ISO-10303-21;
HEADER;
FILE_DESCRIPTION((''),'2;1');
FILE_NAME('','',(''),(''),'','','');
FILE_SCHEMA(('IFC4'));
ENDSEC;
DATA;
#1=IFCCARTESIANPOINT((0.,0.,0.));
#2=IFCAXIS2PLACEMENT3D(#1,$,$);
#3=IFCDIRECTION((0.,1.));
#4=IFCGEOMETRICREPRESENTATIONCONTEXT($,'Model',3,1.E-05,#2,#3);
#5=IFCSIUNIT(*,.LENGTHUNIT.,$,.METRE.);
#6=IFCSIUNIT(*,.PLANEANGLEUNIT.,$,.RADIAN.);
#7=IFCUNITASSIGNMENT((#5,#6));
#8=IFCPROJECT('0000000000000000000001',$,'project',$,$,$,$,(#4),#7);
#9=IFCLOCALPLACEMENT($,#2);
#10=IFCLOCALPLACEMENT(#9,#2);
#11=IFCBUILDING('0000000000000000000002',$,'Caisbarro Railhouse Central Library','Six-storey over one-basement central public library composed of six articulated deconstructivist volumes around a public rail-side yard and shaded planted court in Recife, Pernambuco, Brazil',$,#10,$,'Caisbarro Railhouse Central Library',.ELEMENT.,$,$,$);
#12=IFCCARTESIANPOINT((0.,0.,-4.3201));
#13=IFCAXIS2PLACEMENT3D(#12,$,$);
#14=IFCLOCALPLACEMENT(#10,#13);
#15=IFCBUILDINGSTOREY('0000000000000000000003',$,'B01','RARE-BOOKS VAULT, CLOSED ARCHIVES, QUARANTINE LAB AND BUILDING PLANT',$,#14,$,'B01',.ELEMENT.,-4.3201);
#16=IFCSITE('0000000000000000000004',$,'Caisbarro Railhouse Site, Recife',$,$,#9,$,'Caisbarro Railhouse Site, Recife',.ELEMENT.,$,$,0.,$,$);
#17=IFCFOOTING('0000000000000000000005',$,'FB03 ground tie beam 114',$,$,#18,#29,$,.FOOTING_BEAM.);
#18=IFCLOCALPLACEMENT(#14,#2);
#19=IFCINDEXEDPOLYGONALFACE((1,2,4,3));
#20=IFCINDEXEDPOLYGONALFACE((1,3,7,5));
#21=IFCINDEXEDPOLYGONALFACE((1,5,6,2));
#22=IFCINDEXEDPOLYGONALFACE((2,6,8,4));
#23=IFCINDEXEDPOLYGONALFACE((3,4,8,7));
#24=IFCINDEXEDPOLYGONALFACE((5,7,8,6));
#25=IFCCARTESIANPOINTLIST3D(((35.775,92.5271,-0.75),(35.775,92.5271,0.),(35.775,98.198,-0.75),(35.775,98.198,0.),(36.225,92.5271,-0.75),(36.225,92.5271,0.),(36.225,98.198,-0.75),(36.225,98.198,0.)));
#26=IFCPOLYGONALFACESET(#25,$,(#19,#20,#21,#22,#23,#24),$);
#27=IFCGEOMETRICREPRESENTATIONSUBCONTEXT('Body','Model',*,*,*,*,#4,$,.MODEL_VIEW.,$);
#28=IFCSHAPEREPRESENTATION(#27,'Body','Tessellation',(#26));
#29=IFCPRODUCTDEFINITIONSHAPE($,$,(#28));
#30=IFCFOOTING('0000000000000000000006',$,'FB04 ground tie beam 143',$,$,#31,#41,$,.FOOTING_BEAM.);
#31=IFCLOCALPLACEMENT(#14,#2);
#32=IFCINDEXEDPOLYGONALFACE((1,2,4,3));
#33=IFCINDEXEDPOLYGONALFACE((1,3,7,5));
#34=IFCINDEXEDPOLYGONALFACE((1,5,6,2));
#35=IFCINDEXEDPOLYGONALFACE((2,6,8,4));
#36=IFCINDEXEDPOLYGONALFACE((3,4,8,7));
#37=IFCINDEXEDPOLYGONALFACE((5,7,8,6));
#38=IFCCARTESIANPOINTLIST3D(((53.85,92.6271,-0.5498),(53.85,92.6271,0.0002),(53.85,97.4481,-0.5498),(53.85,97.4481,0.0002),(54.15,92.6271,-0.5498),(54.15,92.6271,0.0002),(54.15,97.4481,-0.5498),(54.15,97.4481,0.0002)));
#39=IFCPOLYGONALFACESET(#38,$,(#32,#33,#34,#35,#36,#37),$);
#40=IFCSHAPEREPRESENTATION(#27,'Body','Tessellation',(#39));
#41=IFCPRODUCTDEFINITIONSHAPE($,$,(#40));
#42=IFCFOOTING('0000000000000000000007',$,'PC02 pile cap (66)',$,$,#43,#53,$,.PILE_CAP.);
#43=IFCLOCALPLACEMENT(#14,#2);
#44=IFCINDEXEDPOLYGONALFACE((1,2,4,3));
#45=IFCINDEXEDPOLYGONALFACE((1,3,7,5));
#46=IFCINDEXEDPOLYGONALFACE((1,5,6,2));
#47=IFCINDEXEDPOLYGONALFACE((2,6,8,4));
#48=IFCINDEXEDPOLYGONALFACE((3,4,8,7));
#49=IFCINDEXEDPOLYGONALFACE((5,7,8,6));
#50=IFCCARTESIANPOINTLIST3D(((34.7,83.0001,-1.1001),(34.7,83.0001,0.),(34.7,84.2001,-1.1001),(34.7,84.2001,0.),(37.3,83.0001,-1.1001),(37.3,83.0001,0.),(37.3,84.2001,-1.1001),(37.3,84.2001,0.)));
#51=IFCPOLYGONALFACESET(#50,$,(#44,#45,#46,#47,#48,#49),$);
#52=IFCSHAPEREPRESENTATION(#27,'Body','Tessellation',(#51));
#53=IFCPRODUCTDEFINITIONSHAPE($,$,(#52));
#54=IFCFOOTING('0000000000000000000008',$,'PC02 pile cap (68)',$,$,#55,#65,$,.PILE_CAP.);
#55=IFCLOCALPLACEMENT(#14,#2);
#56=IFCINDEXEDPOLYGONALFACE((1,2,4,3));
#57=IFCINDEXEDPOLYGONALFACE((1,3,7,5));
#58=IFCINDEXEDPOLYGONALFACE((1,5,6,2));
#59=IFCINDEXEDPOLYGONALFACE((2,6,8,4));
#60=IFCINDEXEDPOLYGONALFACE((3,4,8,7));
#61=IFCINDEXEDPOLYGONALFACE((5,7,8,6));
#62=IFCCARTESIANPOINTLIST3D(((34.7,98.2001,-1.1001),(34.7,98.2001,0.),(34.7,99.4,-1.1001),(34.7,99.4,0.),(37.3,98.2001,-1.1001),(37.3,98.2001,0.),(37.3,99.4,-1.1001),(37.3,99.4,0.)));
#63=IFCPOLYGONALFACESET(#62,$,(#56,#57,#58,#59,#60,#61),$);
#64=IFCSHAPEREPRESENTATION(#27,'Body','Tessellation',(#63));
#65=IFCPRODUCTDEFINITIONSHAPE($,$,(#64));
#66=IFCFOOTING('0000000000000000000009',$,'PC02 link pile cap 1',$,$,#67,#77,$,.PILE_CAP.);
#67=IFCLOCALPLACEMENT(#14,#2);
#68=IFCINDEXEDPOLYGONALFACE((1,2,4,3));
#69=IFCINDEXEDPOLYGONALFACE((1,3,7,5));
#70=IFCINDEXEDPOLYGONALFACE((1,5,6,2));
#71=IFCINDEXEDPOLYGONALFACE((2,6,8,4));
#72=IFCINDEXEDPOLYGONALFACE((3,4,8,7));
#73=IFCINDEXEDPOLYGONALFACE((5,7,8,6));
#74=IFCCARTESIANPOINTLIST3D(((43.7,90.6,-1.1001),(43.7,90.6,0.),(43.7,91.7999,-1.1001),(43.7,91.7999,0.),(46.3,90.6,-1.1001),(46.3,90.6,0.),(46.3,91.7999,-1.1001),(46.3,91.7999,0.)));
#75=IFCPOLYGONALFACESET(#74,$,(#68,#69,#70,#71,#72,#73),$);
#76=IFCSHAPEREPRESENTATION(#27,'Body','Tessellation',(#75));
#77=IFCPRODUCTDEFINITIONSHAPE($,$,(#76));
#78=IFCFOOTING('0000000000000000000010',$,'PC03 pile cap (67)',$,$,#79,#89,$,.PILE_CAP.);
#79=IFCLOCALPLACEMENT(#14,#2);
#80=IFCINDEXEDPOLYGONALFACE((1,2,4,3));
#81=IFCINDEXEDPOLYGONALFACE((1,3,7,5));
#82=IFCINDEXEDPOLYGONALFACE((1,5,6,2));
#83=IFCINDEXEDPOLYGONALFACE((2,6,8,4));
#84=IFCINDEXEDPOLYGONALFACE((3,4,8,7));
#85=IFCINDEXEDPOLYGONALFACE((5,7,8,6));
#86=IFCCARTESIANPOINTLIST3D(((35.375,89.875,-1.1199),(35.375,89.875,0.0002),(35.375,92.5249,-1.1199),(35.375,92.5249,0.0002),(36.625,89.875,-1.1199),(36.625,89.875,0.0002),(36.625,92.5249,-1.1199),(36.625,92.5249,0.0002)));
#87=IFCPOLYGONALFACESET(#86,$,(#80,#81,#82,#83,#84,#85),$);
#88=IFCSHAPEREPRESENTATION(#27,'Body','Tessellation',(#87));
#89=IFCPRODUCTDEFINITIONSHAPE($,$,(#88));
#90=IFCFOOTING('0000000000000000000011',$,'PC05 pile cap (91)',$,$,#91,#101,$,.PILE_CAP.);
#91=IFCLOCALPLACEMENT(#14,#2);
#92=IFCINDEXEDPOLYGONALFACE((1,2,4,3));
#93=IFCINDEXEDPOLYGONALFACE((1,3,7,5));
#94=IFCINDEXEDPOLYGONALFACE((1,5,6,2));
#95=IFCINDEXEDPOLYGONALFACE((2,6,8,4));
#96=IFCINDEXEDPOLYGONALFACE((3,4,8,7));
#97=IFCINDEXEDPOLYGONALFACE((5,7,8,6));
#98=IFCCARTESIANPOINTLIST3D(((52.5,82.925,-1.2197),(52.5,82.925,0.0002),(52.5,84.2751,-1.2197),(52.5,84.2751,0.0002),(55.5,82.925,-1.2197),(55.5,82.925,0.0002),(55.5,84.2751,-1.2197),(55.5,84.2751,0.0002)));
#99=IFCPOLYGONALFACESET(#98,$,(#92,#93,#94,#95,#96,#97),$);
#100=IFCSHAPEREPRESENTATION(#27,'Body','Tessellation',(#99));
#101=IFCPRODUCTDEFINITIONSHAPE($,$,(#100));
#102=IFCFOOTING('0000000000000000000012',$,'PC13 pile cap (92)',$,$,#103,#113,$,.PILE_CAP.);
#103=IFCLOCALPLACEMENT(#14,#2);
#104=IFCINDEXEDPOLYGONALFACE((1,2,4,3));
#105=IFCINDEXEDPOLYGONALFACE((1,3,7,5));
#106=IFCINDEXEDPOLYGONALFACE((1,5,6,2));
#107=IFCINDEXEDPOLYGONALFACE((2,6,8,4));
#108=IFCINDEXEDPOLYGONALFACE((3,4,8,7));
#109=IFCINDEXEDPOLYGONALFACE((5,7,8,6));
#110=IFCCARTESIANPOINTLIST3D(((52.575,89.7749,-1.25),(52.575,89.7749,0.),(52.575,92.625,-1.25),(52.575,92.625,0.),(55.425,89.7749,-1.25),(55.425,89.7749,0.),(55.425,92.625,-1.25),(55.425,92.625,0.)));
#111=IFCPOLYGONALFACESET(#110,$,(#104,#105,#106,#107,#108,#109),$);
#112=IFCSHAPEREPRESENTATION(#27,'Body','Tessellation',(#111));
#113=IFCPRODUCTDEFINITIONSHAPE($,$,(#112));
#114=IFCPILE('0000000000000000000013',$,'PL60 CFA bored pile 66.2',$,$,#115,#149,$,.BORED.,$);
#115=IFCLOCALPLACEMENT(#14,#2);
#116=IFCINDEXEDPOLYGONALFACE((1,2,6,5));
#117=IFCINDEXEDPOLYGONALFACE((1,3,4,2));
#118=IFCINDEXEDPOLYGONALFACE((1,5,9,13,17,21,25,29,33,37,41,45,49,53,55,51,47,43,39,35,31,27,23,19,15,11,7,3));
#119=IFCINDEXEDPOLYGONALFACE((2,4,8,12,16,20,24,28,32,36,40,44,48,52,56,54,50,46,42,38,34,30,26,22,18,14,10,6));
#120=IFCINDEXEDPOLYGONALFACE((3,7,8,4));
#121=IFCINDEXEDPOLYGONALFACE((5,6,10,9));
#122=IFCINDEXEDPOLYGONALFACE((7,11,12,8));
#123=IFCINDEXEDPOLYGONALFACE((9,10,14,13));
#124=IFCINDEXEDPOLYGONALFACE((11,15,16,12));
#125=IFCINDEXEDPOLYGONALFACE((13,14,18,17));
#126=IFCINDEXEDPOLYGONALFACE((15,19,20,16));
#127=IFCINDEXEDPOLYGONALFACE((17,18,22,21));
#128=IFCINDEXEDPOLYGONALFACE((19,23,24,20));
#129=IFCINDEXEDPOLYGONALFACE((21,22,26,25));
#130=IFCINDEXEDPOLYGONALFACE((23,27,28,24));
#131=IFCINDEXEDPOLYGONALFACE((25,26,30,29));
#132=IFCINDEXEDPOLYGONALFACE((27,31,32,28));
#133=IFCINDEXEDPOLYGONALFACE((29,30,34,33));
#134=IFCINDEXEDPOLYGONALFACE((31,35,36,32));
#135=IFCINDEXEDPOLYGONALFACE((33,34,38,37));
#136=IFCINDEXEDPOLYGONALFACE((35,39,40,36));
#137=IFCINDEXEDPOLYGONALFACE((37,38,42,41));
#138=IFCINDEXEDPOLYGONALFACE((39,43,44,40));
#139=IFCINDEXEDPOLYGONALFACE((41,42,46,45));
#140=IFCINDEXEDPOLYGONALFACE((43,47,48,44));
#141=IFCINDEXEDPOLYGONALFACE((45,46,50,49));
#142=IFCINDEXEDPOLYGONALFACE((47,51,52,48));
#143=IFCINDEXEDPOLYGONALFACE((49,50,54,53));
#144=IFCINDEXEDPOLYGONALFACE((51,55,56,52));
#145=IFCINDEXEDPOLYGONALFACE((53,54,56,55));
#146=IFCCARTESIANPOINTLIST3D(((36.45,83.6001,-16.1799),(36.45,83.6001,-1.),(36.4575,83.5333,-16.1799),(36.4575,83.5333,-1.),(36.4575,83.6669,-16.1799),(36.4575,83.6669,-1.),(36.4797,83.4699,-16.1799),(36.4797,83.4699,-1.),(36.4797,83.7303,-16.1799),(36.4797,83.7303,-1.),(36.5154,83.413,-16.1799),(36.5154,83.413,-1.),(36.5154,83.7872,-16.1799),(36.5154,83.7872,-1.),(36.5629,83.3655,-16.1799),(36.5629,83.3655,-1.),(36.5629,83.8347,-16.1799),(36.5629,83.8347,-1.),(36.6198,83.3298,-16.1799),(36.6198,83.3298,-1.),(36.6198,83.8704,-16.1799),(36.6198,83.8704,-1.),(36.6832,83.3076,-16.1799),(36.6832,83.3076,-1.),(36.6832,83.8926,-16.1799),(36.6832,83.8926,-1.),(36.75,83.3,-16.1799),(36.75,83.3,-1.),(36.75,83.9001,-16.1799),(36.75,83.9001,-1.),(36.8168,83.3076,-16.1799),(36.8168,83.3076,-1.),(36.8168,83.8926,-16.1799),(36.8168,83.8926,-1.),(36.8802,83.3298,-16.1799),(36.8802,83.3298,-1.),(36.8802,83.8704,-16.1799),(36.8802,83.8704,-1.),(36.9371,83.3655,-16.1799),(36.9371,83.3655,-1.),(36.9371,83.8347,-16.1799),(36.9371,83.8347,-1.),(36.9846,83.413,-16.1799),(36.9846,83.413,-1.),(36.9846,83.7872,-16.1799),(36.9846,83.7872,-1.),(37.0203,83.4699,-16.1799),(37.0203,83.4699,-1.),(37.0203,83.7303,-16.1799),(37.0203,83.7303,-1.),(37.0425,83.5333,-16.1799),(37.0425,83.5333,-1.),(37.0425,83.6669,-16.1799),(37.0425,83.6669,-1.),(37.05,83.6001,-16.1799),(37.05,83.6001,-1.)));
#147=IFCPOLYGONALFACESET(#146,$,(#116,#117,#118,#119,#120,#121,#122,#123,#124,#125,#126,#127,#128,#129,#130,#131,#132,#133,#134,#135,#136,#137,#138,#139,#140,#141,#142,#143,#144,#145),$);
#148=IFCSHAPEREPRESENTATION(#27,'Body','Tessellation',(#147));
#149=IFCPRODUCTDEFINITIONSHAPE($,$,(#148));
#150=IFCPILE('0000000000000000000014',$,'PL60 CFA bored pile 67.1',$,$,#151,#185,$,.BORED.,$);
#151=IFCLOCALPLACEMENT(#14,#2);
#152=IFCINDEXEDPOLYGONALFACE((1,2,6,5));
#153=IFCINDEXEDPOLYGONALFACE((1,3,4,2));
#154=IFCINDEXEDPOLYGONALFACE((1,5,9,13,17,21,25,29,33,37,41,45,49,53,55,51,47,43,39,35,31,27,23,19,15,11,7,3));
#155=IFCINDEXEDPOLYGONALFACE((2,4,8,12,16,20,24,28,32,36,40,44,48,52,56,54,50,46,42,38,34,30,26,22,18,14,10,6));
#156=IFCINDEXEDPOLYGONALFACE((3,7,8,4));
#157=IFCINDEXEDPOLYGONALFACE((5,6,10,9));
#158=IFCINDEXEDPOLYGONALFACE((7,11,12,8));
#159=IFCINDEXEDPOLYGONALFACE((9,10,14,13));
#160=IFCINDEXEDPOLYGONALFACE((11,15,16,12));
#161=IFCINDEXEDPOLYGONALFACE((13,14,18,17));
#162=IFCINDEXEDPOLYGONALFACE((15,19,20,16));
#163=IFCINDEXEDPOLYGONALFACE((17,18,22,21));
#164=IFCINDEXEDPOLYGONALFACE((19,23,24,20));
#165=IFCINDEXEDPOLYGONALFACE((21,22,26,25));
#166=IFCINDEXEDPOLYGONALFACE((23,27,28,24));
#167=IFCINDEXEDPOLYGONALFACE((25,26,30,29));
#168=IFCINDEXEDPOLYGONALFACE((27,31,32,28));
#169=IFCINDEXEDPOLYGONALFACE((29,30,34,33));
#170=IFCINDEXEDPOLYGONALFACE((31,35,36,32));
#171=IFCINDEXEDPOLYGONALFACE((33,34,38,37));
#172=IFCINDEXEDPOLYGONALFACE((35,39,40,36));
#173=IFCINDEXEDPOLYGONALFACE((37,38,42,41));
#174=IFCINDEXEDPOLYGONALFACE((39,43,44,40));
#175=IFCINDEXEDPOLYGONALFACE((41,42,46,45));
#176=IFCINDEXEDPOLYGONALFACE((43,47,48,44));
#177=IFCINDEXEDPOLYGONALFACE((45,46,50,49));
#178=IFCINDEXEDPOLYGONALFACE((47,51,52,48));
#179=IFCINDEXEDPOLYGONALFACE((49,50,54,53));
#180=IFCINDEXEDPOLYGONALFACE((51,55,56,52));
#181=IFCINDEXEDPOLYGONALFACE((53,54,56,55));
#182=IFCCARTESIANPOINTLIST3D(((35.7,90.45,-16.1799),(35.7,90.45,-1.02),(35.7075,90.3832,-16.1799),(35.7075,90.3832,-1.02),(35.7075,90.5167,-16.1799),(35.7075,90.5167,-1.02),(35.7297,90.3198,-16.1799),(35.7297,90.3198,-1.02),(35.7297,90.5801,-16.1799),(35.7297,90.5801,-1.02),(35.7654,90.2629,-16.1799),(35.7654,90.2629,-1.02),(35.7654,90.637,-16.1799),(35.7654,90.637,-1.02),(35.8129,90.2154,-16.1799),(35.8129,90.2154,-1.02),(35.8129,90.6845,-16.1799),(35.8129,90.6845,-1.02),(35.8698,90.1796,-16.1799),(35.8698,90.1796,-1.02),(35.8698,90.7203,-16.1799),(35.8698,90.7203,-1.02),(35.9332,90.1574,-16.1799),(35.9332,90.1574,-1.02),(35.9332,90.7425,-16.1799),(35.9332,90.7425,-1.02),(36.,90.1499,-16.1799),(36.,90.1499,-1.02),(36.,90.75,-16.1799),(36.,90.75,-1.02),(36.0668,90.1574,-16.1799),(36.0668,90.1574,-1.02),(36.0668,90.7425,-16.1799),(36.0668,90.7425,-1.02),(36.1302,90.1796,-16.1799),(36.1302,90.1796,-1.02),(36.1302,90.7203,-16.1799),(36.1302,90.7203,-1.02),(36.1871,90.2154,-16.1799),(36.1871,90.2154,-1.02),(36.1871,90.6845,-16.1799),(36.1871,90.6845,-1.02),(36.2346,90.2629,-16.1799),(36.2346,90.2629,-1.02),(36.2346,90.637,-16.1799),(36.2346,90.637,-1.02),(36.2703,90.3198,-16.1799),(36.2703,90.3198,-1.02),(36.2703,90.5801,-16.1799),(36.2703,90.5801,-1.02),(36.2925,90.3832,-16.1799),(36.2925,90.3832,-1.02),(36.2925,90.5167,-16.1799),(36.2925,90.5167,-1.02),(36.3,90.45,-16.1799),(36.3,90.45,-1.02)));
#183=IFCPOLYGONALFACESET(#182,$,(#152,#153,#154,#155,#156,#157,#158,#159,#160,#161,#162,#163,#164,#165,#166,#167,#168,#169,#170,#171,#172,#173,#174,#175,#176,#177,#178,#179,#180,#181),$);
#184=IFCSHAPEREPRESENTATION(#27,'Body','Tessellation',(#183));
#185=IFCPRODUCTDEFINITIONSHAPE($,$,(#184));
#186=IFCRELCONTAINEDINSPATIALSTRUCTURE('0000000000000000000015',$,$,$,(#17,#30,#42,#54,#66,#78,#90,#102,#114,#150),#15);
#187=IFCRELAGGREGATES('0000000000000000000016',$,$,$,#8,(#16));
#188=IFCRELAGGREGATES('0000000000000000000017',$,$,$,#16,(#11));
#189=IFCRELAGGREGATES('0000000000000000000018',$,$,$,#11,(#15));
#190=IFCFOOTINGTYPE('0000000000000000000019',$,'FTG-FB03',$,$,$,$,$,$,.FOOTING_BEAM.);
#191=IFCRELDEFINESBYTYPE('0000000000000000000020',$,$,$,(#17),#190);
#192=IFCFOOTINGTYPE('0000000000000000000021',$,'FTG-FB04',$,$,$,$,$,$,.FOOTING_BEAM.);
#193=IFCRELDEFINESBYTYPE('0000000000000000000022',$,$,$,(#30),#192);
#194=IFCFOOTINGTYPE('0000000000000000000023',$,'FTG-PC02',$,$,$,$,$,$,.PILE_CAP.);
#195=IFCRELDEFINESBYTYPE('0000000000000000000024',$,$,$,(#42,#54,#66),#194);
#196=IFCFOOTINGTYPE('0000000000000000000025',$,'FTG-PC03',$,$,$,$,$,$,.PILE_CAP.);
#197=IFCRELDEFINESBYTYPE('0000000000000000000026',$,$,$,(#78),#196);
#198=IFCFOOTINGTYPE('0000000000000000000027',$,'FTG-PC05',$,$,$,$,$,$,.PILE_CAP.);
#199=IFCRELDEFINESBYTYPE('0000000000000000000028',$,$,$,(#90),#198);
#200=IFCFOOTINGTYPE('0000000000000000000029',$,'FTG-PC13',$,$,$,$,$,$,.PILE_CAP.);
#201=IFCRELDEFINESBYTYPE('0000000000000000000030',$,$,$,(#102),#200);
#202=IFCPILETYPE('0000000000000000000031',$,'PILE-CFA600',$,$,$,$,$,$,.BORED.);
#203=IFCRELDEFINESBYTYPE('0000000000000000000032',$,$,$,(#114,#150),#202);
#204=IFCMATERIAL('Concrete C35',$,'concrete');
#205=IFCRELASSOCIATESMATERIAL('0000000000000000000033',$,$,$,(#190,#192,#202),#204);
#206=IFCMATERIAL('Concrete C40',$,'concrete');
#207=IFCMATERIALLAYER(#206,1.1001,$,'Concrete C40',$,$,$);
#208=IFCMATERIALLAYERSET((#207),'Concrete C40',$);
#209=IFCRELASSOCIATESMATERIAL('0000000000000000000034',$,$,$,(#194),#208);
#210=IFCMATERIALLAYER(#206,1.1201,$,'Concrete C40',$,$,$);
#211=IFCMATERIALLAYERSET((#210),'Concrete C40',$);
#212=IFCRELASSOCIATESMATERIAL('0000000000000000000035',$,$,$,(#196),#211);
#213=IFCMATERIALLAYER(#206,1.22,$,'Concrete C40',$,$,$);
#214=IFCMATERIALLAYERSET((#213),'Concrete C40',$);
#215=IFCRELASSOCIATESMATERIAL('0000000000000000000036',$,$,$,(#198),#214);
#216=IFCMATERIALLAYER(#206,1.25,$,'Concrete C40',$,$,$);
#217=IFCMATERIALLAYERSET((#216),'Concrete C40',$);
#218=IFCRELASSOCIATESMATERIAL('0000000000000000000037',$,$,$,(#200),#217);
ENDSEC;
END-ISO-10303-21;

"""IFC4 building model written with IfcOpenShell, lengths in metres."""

from ifc_helpers import new_model, si_unit, direction, frame, origin, origin_2d, place, context, subcontext, project, spatial, rectangle, circle, extrude, material, layer, layer_set, material_profile, profile_set, type_object, element, save


model = new_model("IFC4")

# Units and contexts
model_context = context("Model", 3, precision=1e-05, world=origin(), true_north=direction((0.0, 1.0)))
body_context = subcontext(model_context, "Body", "Model", "MODEL_VIEW")
ifc_project = project(units=[si_unit("LENGTHUNIT", "METRE"), si_unit("PLANEANGLEUNIT", "RADIAN")], contexts=[model_context])

# Site, building, storey
site_placement = place(None, origin())
site = spatial("IfcSite", under=ifc_project, at=site_placement, Name="Caisbarro Railhouse Site, Recife", LongName="Caisbarro Railhouse Site, Recife", CompositionType="ELEMENT", RefElevation=0.0)
building_placement = place(site_placement, origin())
building = spatial("IfcBuilding", under=site, at=building_placement, Name="Caisbarro Railhouse Central Library", Description="Six-storey over one-basement central public library composed of six articulated deconstructivist volumes around a public rail-side yard and shaded planted court in Recife, Pernambuco, Brazil", LongName="Caisbarro Railhouse Central Library", CompositionType="ELEMENT")
storey_placement = place(building_placement, frame((0.0, 0.0, -4.3201)))
storey = spatial("IfcBuildingStorey", under=building, at=storey_placement, Name="B01", Description="RARE-BOOKS VAULT, CLOSED ARCHIVES, QUARANTINE LAB AND BUILDING PLANT", LongName="B01", CompositionType="ELEMENT", Elevation=-4.3201)

# Footings
ifc_material_1 = material(Name="Concrete C35", Category="concrete")
footing_type_1 = type_object("IfcFootingType", Name="FTG-FB03", PredefinedType="FOOTING_BEAM", material=ifc_material_1)
footing_1_placement = place(storey_placement, frame((36.0, 95.3625, -0.75), z_axis=(0.0, 0.0, 1.0), x_axis=(0.0, 1.0, 0.0)))
element("IfcFooting", 1, at=footing_1_placement, inside=storey, type_object=footing_type_1, Name="FB03 ground tie beam 114", PredefinedType="FOOTING_BEAM", context=body_context, shape_type="SweptSolid", body=[
    extrude(rectangle(XDim=5.6709, YDim=0.45, at=origin_2d()), origin(), (0.0, 0.0, 1.0), 0.75),
])
footing_type_2 = type_object("IfcFootingType", Name="FTG-FB04", PredefinedType="FOOTING_BEAM", material=ifc_material_1)
footing_2_placement = place(storey_placement, frame((54.0, 95.0376, -0.5498), z_axis=(0.0, 0.0, 1.0), x_axis=(0.0, 1.0, 0.0)))
element("IfcFooting", 2, at=footing_2_placement, inside=storey, type_object=footing_type_2, Name="FB04 ground tie beam 143", PredefinedType="FOOTING_BEAM", context=body_context, shape_type="SweptSolid", body=[
    extrude(rectangle(XDim=4.821, YDim=0.3, at=origin_2d()), origin(), (0.0, 0.0, 1.0), 0.55),
])
ifc_material_2 = material(Name="Concrete C40", Category="concrete")
ifc_layer_1 = layer(ifc_material_2, 1.1001, Name="Concrete C40")
ifc_layer_set_1 = layer_set([ifc_layer_1], Name="Concrete C40")
footing_type_3 = type_object("IfcFootingType", Name="FTG-PC02", PredefinedType="PILE_CAP", material=ifc_layer_set_1)
for number, where, z_axis, x_axis, name in (
    (3, (36.0, 83.6001, -1.1001), (0.0, 0.0, 1.0), (1.0, 0.0, 0.0), "PC02 pile cap (66)"),
    (4, (36.0, 98.8, -1.1001), (0.0, 0.0, 1.0), (1.0, 0.0, 0.0), "PC02 pile cap (68)"),
    (5, (45.0, 91.2, -1.1001), (0.0, 0.0, 1.0), (1.0, 0.0, 0.0), "PC02 link pile cap 1"),
):
    element("IfcFooting", number, at=place(storey_placement, frame(where, z_axis=z_axis, x_axis=x_axis)), inside=storey, type_object=footing_type_3, Name=name, PredefinedType="PILE_CAP", context=body_context, shape_type="SweptSolid", body=[
        extrude(rectangle(XDim=2.6001, YDim=1.2, at=origin_2d()), origin(), (0.0, 0.0, 1.0), 1.1001),
    ])
ifc_layer_2 = layer(ifc_material_2, 1.1201, Name="Concrete C40")
ifc_layer_set_2 = layer_set([ifc_layer_2], Name="Concrete C40")
footing_type_4 = type_object("IfcFootingType", Name="FTG-PC03", PredefinedType="PILE_CAP", material=ifc_layer_set_2)
footing_3_placement = place(storey_placement, frame((36.0, 91.2, -1.1199), z_axis=(0.0, 0.0, 1.0), x_axis=(1.0, 0.0, 0.0)))
element("IfcFooting", 6, at=footing_3_placement, inside=storey, type_object=footing_type_4, Name="PC03 pile cap (67)", PredefinedType="PILE_CAP", context=body_context, shape_type="SweptSolid", body=[
    extrude(rectangle(XDim=1.25, YDim=2.6499, at=origin_2d()), origin(), (0.0, 0.0, 1.0), 1.1201),
])
ifc_layer_3 = layer(ifc_material_2, 1.22, Name="Concrete C40")
ifc_layer_set_3 = layer_set([ifc_layer_3], Name="Concrete C40")
footing_type_5 = type_object("IfcFootingType", Name="FTG-PC05", PredefinedType="PILE_CAP", material=ifc_layer_set_3)
footing_4_placement = place(storey_placement, frame((54.0, 83.6001, -1.2197), z_axis=(0.0, 0.0, 1.0), x_axis=(1.0, 0.0, 0.0)))
element("IfcFooting", 7, at=footing_4_placement, inside=storey, type_object=footing_type_5, Name="PC05 pile cap (91)", PredefinedType="PILE_CAP", context=body_context, shape_type="SweptSolid", body=[
    extrude(rectangle(XDim=3.0, YDim=1.3501, at=origin_2d()), origin(), (0.0, 0.0, 1.0), 1.22),
])
ifc_layer_4 = layer(ifc_material_2, 1.25, Name="Concrete C40")
ifc_layer_set_4 = layer_set([ifc_layer_4], Name="Concrete C40")
footing_type_6 = type_object("IfcFootingType", Name="FTG-PC13", PredefinedType="PILE_CAP", material=ifc_layer_set_4)
footing_5_placement = place(storey_placement, frame((54.0, 91.2, -1.25), z_axis=(0.0, 0.0, 1.0), x_axis=(1.0, 0.0, 0.0)))
element("IfcFooting", 8, at=footing_5_placement, inside=storey, type_object=footing_type_6, Name="PC13 pile cap (92)", PredefinedType="PILE_CAP", context=body_context, shape_type="SweptSolid", body=[
    extrude(rectangle(XDim=2.8501, YDim=2.8501, at=origin_2d()), origin(), (0.0, 0.0, 1.0), 1.25),
])

# Piles
ifc_material_profile_1 = material_profile(ifc_material_1, circle(Radius=0.3, at=origin_2d()), Name="PILE-CFA-600")
ifc_profile_set_1 = profile_set([ifc_material_profile_1], Name="Concrete C35")
pile_type_1 = type_object("IfcPileType", Name="PILE-CFA600", PredefinedType="BORED", material=ifc_profile_set_1)
pile_1_placement = place(storey_placement, frame((36.75, 83.6001, -1.0), z_axis=(0.0, 0.0, -1.0), x_axis=(1.0, 0.0, 0.0)))
element("IfcPile", 9, at=pile_1_placement, inside=storey, type_object=pile_type_1, Name="PL60 CFA bored pile 66.2", PredefinedType="BORED", context=body_context, shape_type="SweptSolid", body=[
    extrude(circle(Radius=0.3, at=origin_2d()), origin(), (0.0, 0.0, 1.0), 15.1799),
])
for number, where, z_axis, x_axis, name in (
    (10, (36.0, 90.45, -1.02), (0.0, 0.0, -1.0), (1.0, 0.0, 0.0), "PL60 CFA bored pile 67.1"),
):
    element("IfcPile", number, at=place(storey_placement, frame(where, z_axis=z_axis, x_axis=x_axis)), inside=storey, type_object=pile_type_1, Name=name, PredefinedType="BORED", context=body_context, shape_type="SweptSolid", body=[
        extrude(circle(Radius=0.3, at=origin_2d()), origin(), (0.0, 0.0, 1.0), 15.1599),
    ])

save(model, "model.ifc")
